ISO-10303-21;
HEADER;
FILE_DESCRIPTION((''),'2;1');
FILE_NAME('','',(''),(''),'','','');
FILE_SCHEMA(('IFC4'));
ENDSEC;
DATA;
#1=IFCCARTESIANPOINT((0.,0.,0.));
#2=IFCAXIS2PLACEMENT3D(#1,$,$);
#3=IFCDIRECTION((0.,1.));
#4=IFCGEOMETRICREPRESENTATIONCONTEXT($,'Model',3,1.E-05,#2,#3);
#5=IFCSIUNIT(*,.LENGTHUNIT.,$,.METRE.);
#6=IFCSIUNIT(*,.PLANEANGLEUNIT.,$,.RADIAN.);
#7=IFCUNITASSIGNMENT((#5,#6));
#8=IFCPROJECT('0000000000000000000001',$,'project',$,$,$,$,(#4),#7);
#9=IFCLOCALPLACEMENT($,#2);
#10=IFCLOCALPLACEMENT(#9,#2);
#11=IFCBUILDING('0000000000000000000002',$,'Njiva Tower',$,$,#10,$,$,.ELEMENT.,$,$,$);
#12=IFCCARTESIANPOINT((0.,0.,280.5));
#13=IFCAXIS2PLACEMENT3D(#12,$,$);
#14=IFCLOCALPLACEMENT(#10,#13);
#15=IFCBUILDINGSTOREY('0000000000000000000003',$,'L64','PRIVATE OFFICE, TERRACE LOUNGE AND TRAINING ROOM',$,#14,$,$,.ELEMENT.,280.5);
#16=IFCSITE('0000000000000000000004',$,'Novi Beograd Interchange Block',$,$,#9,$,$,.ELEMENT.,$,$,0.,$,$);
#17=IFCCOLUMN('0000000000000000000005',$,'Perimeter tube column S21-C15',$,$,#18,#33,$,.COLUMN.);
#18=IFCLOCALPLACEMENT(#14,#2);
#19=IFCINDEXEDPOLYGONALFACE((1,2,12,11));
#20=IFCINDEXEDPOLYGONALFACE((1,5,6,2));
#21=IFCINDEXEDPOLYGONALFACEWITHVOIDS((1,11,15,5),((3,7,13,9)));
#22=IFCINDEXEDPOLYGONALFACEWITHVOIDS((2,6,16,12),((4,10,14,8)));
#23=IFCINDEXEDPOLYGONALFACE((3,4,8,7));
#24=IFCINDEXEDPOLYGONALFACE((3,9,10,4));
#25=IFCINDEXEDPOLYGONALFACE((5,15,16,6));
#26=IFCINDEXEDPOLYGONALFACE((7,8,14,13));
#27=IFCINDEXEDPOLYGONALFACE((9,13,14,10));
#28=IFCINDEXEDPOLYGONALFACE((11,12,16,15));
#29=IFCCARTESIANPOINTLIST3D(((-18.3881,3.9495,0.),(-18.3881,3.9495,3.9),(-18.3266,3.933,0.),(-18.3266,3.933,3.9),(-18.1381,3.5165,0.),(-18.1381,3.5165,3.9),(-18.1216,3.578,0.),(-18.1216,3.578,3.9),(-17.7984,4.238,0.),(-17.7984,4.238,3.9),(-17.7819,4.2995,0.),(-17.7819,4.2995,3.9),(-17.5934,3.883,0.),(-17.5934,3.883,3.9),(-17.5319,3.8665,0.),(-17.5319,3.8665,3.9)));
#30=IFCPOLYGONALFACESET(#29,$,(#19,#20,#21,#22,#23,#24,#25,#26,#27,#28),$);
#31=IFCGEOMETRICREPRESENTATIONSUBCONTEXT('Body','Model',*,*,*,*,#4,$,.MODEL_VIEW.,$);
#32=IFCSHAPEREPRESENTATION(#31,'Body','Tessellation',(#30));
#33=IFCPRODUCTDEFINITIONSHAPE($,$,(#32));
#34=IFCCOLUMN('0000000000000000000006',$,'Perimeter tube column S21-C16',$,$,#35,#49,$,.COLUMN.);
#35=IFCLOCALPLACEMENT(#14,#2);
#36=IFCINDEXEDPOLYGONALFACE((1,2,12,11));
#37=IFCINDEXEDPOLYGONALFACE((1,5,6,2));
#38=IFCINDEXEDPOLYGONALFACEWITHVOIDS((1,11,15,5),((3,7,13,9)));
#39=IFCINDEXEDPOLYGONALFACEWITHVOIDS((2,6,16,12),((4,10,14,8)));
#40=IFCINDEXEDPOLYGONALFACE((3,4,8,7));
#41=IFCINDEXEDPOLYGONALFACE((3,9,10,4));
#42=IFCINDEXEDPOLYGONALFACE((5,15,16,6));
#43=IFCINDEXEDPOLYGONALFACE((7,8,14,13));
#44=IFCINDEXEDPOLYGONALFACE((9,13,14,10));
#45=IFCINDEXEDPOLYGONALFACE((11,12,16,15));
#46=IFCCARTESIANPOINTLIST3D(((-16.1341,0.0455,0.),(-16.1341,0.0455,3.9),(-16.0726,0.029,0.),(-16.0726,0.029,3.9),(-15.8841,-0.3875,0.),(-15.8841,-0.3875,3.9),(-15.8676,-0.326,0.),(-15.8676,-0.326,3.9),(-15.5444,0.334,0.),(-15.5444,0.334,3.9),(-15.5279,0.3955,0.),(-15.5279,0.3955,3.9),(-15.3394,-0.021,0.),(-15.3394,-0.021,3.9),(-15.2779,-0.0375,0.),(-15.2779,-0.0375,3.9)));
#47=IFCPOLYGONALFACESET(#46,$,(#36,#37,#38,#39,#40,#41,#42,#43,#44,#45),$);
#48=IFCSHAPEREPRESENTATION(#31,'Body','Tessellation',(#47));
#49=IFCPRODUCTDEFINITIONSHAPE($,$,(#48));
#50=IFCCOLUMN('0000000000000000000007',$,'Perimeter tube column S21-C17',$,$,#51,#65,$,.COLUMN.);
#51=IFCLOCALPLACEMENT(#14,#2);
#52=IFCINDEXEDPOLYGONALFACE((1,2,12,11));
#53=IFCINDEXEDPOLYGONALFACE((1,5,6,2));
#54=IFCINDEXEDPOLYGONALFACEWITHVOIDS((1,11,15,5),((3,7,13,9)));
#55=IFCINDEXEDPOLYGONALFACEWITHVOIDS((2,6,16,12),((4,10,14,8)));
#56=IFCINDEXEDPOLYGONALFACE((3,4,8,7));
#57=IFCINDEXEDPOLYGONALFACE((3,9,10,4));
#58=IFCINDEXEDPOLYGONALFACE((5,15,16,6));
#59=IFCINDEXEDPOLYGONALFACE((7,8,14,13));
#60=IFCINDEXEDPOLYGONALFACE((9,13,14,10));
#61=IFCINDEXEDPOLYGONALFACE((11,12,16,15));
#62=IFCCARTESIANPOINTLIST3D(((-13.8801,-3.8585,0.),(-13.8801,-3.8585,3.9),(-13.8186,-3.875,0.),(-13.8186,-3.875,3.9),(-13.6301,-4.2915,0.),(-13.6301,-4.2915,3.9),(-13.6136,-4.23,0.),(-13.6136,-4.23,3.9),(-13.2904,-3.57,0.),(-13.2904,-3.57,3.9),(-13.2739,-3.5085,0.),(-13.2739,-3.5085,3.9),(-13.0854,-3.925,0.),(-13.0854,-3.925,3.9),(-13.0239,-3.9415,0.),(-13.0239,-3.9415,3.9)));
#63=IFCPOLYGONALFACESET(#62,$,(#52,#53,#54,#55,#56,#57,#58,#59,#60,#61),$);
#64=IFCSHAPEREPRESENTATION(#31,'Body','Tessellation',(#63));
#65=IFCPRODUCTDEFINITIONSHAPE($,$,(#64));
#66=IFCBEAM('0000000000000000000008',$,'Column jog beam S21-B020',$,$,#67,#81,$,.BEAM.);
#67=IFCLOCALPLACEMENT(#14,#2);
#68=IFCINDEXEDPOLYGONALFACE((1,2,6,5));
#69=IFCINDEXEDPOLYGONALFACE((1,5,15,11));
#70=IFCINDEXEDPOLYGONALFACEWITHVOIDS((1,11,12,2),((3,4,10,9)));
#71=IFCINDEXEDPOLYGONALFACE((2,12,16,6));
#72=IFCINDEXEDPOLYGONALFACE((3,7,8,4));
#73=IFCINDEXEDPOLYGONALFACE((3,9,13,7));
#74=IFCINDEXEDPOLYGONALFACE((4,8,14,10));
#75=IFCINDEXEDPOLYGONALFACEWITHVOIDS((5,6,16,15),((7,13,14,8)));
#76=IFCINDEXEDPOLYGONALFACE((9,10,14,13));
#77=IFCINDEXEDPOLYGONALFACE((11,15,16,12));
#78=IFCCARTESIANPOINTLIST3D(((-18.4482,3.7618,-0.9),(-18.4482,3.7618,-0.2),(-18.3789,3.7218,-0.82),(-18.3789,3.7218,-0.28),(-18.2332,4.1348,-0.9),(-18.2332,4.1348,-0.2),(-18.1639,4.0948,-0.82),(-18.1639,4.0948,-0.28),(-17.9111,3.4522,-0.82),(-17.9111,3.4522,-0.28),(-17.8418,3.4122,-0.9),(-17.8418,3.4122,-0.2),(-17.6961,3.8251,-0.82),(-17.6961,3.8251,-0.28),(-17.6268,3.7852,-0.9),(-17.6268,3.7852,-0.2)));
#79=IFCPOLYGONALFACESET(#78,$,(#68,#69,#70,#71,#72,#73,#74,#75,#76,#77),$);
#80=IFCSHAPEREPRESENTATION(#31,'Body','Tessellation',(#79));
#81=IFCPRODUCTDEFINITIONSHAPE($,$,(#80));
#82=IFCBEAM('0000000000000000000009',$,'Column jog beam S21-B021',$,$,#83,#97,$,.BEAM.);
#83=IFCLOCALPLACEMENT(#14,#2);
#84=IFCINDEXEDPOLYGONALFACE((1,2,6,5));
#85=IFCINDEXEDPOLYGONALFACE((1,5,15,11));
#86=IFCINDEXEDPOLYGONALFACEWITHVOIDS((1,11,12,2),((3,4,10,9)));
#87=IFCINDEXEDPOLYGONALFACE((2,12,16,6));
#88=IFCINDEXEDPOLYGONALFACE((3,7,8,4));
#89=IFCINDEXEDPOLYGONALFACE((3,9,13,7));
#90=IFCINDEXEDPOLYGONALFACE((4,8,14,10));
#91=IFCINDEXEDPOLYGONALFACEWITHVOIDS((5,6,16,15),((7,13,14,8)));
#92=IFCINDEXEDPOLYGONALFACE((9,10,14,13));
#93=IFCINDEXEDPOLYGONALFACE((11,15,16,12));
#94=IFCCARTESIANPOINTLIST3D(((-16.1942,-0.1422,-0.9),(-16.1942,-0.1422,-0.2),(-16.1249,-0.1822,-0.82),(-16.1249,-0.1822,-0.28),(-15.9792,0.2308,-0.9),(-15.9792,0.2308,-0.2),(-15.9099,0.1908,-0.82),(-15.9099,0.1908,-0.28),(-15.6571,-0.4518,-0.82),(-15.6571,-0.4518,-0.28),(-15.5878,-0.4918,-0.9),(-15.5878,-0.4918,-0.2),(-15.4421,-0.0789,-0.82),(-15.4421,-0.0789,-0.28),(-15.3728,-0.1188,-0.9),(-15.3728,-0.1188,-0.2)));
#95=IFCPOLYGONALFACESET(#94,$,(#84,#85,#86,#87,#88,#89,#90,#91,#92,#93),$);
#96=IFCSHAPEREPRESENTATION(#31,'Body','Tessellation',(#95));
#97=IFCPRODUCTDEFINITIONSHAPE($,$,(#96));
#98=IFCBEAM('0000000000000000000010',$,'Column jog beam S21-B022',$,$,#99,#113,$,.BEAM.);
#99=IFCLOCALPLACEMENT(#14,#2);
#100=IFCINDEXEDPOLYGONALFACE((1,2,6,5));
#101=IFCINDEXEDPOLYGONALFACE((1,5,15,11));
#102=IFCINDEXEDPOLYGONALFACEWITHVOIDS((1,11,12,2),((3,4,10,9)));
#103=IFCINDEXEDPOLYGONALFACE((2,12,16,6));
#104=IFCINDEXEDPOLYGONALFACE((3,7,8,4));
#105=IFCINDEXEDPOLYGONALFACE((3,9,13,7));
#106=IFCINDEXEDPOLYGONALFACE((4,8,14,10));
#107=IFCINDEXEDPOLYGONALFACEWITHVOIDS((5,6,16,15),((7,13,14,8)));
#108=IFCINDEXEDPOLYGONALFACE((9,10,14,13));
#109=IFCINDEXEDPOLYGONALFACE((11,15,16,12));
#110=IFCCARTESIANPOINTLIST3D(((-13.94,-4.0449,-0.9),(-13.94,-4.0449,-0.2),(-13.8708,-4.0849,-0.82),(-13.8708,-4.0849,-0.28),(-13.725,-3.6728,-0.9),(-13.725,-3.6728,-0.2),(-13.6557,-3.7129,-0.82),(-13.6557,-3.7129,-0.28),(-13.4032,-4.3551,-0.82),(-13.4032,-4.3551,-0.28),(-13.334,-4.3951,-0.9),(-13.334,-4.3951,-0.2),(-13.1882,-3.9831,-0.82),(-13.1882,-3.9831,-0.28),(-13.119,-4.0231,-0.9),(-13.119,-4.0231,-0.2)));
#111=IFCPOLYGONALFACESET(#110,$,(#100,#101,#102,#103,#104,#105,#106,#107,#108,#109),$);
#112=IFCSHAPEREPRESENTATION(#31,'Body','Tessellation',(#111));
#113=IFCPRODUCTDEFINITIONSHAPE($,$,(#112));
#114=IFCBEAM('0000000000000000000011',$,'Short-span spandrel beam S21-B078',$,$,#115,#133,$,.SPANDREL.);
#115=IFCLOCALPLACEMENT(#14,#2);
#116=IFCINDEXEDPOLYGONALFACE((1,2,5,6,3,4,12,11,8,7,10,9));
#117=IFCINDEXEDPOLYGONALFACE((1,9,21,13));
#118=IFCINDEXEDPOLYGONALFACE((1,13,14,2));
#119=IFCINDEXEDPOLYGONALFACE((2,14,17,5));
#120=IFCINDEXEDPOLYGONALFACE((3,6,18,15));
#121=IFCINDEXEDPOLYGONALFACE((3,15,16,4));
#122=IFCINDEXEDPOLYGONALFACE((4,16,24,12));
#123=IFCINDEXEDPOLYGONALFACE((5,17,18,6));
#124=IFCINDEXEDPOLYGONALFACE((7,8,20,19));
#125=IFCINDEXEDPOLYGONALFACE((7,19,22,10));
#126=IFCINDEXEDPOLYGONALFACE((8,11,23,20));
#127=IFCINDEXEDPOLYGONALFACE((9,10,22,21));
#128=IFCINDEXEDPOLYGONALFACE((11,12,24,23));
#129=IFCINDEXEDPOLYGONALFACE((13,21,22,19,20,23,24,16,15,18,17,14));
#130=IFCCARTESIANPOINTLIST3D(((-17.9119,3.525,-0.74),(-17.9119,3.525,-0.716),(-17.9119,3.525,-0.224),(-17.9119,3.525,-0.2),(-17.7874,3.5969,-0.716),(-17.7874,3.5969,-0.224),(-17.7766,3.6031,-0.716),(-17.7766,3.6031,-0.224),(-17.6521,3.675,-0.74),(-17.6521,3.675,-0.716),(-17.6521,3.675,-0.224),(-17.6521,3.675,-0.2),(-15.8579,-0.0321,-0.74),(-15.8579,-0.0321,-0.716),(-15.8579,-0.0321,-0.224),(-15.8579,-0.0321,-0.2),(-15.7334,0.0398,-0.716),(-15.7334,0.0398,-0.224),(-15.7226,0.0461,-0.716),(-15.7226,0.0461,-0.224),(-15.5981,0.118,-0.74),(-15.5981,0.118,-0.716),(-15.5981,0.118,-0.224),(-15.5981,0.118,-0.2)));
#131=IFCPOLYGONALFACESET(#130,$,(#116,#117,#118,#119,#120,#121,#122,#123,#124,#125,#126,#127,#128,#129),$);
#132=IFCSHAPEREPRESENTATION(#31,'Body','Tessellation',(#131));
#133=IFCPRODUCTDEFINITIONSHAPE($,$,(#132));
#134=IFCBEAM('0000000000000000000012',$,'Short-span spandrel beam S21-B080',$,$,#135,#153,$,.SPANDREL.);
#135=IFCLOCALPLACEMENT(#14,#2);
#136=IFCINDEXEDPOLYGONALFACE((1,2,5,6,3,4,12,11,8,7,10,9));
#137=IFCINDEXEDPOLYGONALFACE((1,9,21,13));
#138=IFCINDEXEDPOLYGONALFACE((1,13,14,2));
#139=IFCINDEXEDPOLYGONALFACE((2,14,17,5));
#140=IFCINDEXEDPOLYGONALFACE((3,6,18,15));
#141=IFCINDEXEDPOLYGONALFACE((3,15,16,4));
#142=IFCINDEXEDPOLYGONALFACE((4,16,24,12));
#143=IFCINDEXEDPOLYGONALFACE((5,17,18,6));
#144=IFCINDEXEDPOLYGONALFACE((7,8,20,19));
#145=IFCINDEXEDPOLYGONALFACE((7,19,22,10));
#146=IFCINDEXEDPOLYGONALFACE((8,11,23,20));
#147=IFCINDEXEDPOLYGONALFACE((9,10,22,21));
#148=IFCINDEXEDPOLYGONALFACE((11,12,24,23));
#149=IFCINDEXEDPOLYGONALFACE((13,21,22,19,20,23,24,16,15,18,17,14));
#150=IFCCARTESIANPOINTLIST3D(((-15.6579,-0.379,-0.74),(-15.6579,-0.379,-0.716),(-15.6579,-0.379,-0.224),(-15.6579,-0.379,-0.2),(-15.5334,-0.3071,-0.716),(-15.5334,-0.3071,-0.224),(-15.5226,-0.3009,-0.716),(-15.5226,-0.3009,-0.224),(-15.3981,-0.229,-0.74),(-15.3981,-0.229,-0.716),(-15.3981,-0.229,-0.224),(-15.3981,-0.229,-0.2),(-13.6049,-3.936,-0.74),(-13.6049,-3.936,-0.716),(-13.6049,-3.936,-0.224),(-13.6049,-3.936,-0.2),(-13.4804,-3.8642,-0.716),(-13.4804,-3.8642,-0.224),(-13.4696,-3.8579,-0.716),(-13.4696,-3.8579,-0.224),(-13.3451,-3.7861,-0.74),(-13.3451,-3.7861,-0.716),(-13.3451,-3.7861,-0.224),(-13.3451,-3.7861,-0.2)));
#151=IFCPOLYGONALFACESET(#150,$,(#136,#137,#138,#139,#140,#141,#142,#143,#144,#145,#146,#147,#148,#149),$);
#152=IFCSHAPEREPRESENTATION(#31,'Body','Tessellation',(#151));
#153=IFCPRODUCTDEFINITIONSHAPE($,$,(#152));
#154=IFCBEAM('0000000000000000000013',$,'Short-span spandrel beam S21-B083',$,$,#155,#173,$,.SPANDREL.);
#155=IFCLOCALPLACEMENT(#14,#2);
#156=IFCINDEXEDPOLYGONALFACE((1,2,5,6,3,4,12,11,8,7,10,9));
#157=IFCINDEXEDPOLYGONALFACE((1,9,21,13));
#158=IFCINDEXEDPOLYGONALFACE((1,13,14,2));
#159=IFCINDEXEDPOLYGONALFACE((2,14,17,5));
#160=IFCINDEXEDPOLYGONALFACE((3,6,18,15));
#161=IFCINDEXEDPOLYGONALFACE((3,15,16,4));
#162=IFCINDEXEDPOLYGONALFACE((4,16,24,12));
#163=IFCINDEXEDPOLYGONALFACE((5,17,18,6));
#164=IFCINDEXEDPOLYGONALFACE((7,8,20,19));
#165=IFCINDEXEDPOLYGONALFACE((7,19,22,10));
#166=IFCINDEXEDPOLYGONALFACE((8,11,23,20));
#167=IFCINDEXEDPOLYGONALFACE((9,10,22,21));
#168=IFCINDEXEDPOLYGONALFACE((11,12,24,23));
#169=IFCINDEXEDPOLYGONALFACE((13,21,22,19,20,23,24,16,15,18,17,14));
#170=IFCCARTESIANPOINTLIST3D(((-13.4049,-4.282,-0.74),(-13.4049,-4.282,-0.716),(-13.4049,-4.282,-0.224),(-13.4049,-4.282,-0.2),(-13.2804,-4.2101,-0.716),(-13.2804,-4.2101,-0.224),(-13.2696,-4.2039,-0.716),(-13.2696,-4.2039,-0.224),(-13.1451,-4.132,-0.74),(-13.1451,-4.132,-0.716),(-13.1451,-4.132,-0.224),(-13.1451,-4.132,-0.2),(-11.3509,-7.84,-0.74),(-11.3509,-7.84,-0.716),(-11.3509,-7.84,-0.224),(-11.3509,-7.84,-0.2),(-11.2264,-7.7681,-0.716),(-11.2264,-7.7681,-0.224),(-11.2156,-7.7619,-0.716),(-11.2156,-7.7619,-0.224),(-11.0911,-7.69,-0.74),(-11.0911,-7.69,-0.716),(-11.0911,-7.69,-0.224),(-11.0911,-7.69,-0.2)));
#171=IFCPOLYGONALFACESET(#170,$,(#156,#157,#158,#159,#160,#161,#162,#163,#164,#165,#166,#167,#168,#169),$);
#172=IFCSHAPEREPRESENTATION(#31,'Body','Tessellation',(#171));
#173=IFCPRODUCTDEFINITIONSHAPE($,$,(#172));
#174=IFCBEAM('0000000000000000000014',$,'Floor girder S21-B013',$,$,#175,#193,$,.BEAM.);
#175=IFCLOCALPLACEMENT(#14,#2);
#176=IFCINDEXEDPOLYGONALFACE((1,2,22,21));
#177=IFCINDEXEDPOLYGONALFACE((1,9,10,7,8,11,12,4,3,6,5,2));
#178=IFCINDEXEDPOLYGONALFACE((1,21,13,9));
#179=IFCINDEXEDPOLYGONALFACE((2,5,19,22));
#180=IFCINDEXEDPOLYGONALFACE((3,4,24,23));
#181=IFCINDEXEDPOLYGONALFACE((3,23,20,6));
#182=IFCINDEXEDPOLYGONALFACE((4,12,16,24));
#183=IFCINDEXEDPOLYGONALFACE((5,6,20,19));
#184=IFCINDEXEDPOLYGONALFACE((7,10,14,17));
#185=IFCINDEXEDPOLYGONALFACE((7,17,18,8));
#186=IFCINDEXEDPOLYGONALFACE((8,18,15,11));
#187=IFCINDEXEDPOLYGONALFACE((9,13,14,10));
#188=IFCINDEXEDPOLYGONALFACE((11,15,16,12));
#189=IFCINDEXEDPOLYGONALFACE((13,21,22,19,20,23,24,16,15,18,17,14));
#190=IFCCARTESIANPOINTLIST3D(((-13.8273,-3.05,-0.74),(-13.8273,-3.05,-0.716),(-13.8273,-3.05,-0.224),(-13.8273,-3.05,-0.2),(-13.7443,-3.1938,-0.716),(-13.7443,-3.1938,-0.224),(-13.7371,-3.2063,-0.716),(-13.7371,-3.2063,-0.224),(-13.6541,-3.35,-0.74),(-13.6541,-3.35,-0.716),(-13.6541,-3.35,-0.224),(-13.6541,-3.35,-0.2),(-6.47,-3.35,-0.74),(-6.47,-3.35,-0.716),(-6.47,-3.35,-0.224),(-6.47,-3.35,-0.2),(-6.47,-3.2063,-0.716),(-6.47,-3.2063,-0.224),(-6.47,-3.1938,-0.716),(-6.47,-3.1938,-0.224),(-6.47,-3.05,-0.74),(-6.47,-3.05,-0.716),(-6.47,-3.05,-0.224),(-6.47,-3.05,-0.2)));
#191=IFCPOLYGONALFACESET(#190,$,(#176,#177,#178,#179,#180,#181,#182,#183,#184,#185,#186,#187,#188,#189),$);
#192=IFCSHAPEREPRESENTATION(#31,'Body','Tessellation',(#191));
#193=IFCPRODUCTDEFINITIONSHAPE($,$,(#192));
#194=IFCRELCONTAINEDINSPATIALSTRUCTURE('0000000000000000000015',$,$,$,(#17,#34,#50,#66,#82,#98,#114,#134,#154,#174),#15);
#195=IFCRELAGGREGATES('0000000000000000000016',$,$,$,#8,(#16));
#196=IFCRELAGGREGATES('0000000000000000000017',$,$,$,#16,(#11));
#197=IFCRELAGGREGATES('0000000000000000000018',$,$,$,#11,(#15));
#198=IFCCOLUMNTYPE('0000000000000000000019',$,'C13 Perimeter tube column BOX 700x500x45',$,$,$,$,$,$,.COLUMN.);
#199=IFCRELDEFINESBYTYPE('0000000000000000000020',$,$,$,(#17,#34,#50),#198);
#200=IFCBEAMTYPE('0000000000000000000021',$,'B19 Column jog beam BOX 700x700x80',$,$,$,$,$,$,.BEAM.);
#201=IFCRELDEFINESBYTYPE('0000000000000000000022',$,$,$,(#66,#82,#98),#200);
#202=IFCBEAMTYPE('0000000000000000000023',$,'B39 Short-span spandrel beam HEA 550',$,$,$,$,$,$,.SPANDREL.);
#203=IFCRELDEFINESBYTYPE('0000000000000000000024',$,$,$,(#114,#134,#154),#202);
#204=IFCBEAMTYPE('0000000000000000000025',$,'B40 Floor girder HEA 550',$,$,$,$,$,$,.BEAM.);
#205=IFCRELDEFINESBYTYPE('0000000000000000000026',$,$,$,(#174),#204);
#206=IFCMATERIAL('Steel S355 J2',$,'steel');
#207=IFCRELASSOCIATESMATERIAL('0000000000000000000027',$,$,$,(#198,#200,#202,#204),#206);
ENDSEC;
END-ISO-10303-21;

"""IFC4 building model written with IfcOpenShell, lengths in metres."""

from ifc_helpers import new_model, si_unit, direction, frame, origin, origin_2d, place, context, subcontext, project, spatial, hollow_rectangle, i_section, extrude, clip, halfspace, material, material_profile, profile_set, type_object, element, save


model = new_model("IFC4")

# Units and contexts
model_context = context("Model", 3, precision=1e-05, world=origin(), true_north=direction((0.0, 1.0)))
body_context = subcontext(model_context, "Body", "Model", "MODEL_VIEW")
ifc_project = project(units=[si_unit("LENGTHUNIT", "METRE"), si_unit("PLANEANGLEUNIT", "RADIAN")], contexts=[model_context])

# Site, building, storey
site_placement = place(None, origin())
site = spatial("IfcSite", under=ifc_project, at=site_placement, Name="Novi Beograd Interchange Block", CompositionType="ELEMENT", RefElevation=0.0)
building_placement = place(site_placement, origin())
building = spatial("IfcBuilding", under=site, at=building_placement, Name="Njiva Tower", CompositionType="ELEMENT")
storey_placement = place(building_placement, frame((0.0, 0.0, 280.5)))
storey = spatial("IfcBuildingStorey", under=building, at=storey_placement, Name="L64", Description="PRIVATE OFFICE, TERRACE LOUNGE AND TRAINING ROOM", CompositionType="ELEMENT", Elevation=280.5)

# Columns
ifc_material_1 = material(Name="Steel S355 J2", Category="steel")
ifc_material_profile_1 = material_profile(ifc_material_1, hollow_rectangle(XDim=0.5, YDim=0.7, WallThickness=0.045, at=origin_2d()), Name="BOX 700x500x45")
ifc_profile_set_1 = profile_set([ifc_material_profile_1], Name="Steel S355 J2")
column_type = type_object("IfcColumnType", Name="C13 Perimeter tube column BOX 700x500x45", PredefinedType="COLUMN", material=ifc_profile_set_1)
for number, where, z_axis, x_axis, name in (
    (1, (-17.96, 3.908, 0.0), (0.0, 0.0, 1.0), (0.5, -0.866025, 0.0), "Perimeter tube column S21-C15"),
    (2, (-15.706, 0.004, 0.0), (0.0, 0.0, 1.0), (0.5, -0.866025, 0.0), "Perimeter tube column S21-C16"),
    (3, (-13.452, -3.9, 0.0), (0.0, 0.0, 1.0), (0.5, -0.866025, 0.0), "Perimeter tube column S21-C17"),
):
    element("IfcColumn", number, at=place(storey_placement, frame(where, z_axis=z_axis, x_axis=x_axis)), inside=storey, type_object=column_type, Name=name, PredefinedType="COLUMN", context=body_context, shape_type="SweptSolid", body=[
        extrude(hollow_rectangle(XDim=0.5, YDim=0.7, WallThickness=0.045, at=origin_2d()), origin(), (0.0, 0.0, 1.0), 3.9),
    ])

# Beams
ifc_material_profile_2 = material_profile(ifc_material_1, hollow_rectangle(XDim=0.7, YDim=0.7, WallThickness=0.08, at=origin_2d()), Name="BOX 700x700x80")
ifc_profile_set_2 = profile_set([ifc_material_profile_2], Name="Steel S355 J2")
beam_type_1 = type_object("IfcBeamType", Name="B19 Column jog beam BOX 700x700x80", PredefinedType="BEAM", material=ifc_profile_set_2)
for number, where, z_axis, x_axis, name in (
    (4, (-18.145, 3.587, -0.55), (0.499387, 0.866379, 0.0), (-0.866379, 0.499387, 0.0), "Column jog beam S21-B020"),
    (5, (-15.891, -0.317, -0.55), (0.499387, 0.866379, 0.0), (-0.866379, 0.499387, 0.0), "Column jog beam S21-B021"),
):
    element("IfcBeam", number, at=place(storey_placement, frame(where, z_axis=z_axis, x_axis=x_axis)), inside=storey, type_object=beam_type_1, Name=name, PredefinedType="BEAM", context=body_context, shape_type="SweptSolid", body=[
        extrude(hollow_rectangle(XDim=0.7, YDim=0.7, WallThickness=0.08, at=origin_2d()), origin(), (0.0, 0.0, 1.0), 0.4305),
    ])
beam_1_placement = place(storey_placement, frame((-13.637, -4.22, -0.55), z_axis=(0.500394, 0.865798, 0.0), x_axis=(-0.865798, 0.500394, 0.0)))
element("IfcBeam", 6, at=beam_1_placement, inside=storey, type_object=beam_type_1, Name="Column jog beam S21-B022", PredefinedType="BEAM", context=body_context, shape_type="SweptSolid", body=[
    extrude(hollow_rectangle(XDim=0.7, YDim=0.7, WallThickness=0.08, at=origin_2d()), origin(), (0.0, 0.0, 1.0), 0.4297),
])
ifc_material_profile_3 = material_profile(ifc_material_1, i_section(OverallWidth=0.3, OverallDepth=0.54, WebThickness=0.0125, FlangeThickness=0.024, at=origin_2d()), Name="HEA 550")
ifc_profile_set_3 = profile_set([ifc_material_profile_3], Name="Steel S355 J2")
beam_type_2 = type_object("IfcBeamType", Name="B39 Short-span spandrel beam HEA 550", PredefinedType="SPANDREL", material=ifc_profile_set_3)
beam_2_placement = place(storey_placement, frame((-17.782, 3.6, -0.47), z_axis=(0.500067, -0.865987, 0.0), x_axis=(0.865987, 0.500067, 0.0)))
element("IfcBeam", 7, at=beam_2_placement, inside=storey, type_object=beam_type_2, Name="Short-span spandrel beam S21-B078", PredefinedType="SPANDREL", context=body_context, shape_type="SweptSolid", body=[
    extrude(i_section(OverallWidth=0.3, OverallDepth=0.54, WebThickness=0.0125, FlangeThickness=0.024, at=origin_2d()), origin(), (0.0, 0.0, 1.0), 4.1075),
])
beam_3_placement = place(storey_placement, frame((-15.528, -0.304, -0.47), z_axis=(0.499884, -0.866092, 0.0), x_axis=(0.866092, 0.499884, 0.0)))
element("IfcBeam", 8, at=beam_3_placement, inside=storey, type_object=beam_type_2, Name="Short-span spandrel beam S21-B080", PredefinedType="SPANDREL", context=body_context, shape_type="SweptSolid", body=[
    extrude(i_section(OverallWidth=0.3, OverallDepth=0.54, WebThickness=0.0125, FlangeThickness=0.024, at=origin_2d()), origin(), (0.0, 0.0, 1.0), 4.107),
])
beam_4_placement = place(storey_placement, frame((-13.275, -4.207, -0.47), z_axis=(0.499961, -0.866048, 0.0), x_axis=(0.866048, 0.499961, 0.0)))
element("IfcBeam", 9, at=beam_4_placement, inside=storey, type_object=beam_type_2, Name="Short-span spandrel beam S21-B083", PredefinedType="SPANDREL", context=body_context, shape_type="SweptSolid", body=[
    extrude(i_section(OverallWidth=0.3, OverallDepth=0.54, WebThickness=0.0125, FlangeThickness=0.024, at=origin_2d()), origin(), (0.0, 0.0, 1.0), 4.1083),
])
ifc_material_profile_4 = material_profile(ifc_material_1, i_section(OverallWidth=0.3, OverallDepth=0.54, WebThickness=0.0125, FlangeThickness=0.024, at=origin_2d()), Name="HEA 550")
ifc_profile_set_4 = profile_set([ifc_material_profile_4], Name="Steel S355 J2")
beam_type_3 = type_object("IfcBeamType", Name="B40 Floor girder HEA 550", PredefinedType="BEAM", material=ifc_profile_set_4)
beam_5_placement = place(storey_placement, frame((-13.848, -3.2, -0.47), z_axis=(1.0, 0.0, 0.0), x_axis=(0.0, 1.0, 0.0)))
element("IfcBeam", 10, at=beam_5_placement, inside=storey, type_object=beam_type_3, Name="Floor girder S21-B013", PredefinedType="BEAM", context=body_context, shape_type="Clipping", body=[
    clip(extrude(i_section(OverallWidth=0.3, OverallDepth=0.54, WebThickness=0.0125, FlangeThickness=0.024, at=origin_2d()), origin(), (0.0, 0.0, 1.0), 7.378), halfspace(frame((-0.025, 0.0, 0.1217), z_axis=(-0.499998, 0.0, -0.866027), x_axis=(0.0, -1.0, 0.0)), False)),
])

save(model, "model.ifc")
